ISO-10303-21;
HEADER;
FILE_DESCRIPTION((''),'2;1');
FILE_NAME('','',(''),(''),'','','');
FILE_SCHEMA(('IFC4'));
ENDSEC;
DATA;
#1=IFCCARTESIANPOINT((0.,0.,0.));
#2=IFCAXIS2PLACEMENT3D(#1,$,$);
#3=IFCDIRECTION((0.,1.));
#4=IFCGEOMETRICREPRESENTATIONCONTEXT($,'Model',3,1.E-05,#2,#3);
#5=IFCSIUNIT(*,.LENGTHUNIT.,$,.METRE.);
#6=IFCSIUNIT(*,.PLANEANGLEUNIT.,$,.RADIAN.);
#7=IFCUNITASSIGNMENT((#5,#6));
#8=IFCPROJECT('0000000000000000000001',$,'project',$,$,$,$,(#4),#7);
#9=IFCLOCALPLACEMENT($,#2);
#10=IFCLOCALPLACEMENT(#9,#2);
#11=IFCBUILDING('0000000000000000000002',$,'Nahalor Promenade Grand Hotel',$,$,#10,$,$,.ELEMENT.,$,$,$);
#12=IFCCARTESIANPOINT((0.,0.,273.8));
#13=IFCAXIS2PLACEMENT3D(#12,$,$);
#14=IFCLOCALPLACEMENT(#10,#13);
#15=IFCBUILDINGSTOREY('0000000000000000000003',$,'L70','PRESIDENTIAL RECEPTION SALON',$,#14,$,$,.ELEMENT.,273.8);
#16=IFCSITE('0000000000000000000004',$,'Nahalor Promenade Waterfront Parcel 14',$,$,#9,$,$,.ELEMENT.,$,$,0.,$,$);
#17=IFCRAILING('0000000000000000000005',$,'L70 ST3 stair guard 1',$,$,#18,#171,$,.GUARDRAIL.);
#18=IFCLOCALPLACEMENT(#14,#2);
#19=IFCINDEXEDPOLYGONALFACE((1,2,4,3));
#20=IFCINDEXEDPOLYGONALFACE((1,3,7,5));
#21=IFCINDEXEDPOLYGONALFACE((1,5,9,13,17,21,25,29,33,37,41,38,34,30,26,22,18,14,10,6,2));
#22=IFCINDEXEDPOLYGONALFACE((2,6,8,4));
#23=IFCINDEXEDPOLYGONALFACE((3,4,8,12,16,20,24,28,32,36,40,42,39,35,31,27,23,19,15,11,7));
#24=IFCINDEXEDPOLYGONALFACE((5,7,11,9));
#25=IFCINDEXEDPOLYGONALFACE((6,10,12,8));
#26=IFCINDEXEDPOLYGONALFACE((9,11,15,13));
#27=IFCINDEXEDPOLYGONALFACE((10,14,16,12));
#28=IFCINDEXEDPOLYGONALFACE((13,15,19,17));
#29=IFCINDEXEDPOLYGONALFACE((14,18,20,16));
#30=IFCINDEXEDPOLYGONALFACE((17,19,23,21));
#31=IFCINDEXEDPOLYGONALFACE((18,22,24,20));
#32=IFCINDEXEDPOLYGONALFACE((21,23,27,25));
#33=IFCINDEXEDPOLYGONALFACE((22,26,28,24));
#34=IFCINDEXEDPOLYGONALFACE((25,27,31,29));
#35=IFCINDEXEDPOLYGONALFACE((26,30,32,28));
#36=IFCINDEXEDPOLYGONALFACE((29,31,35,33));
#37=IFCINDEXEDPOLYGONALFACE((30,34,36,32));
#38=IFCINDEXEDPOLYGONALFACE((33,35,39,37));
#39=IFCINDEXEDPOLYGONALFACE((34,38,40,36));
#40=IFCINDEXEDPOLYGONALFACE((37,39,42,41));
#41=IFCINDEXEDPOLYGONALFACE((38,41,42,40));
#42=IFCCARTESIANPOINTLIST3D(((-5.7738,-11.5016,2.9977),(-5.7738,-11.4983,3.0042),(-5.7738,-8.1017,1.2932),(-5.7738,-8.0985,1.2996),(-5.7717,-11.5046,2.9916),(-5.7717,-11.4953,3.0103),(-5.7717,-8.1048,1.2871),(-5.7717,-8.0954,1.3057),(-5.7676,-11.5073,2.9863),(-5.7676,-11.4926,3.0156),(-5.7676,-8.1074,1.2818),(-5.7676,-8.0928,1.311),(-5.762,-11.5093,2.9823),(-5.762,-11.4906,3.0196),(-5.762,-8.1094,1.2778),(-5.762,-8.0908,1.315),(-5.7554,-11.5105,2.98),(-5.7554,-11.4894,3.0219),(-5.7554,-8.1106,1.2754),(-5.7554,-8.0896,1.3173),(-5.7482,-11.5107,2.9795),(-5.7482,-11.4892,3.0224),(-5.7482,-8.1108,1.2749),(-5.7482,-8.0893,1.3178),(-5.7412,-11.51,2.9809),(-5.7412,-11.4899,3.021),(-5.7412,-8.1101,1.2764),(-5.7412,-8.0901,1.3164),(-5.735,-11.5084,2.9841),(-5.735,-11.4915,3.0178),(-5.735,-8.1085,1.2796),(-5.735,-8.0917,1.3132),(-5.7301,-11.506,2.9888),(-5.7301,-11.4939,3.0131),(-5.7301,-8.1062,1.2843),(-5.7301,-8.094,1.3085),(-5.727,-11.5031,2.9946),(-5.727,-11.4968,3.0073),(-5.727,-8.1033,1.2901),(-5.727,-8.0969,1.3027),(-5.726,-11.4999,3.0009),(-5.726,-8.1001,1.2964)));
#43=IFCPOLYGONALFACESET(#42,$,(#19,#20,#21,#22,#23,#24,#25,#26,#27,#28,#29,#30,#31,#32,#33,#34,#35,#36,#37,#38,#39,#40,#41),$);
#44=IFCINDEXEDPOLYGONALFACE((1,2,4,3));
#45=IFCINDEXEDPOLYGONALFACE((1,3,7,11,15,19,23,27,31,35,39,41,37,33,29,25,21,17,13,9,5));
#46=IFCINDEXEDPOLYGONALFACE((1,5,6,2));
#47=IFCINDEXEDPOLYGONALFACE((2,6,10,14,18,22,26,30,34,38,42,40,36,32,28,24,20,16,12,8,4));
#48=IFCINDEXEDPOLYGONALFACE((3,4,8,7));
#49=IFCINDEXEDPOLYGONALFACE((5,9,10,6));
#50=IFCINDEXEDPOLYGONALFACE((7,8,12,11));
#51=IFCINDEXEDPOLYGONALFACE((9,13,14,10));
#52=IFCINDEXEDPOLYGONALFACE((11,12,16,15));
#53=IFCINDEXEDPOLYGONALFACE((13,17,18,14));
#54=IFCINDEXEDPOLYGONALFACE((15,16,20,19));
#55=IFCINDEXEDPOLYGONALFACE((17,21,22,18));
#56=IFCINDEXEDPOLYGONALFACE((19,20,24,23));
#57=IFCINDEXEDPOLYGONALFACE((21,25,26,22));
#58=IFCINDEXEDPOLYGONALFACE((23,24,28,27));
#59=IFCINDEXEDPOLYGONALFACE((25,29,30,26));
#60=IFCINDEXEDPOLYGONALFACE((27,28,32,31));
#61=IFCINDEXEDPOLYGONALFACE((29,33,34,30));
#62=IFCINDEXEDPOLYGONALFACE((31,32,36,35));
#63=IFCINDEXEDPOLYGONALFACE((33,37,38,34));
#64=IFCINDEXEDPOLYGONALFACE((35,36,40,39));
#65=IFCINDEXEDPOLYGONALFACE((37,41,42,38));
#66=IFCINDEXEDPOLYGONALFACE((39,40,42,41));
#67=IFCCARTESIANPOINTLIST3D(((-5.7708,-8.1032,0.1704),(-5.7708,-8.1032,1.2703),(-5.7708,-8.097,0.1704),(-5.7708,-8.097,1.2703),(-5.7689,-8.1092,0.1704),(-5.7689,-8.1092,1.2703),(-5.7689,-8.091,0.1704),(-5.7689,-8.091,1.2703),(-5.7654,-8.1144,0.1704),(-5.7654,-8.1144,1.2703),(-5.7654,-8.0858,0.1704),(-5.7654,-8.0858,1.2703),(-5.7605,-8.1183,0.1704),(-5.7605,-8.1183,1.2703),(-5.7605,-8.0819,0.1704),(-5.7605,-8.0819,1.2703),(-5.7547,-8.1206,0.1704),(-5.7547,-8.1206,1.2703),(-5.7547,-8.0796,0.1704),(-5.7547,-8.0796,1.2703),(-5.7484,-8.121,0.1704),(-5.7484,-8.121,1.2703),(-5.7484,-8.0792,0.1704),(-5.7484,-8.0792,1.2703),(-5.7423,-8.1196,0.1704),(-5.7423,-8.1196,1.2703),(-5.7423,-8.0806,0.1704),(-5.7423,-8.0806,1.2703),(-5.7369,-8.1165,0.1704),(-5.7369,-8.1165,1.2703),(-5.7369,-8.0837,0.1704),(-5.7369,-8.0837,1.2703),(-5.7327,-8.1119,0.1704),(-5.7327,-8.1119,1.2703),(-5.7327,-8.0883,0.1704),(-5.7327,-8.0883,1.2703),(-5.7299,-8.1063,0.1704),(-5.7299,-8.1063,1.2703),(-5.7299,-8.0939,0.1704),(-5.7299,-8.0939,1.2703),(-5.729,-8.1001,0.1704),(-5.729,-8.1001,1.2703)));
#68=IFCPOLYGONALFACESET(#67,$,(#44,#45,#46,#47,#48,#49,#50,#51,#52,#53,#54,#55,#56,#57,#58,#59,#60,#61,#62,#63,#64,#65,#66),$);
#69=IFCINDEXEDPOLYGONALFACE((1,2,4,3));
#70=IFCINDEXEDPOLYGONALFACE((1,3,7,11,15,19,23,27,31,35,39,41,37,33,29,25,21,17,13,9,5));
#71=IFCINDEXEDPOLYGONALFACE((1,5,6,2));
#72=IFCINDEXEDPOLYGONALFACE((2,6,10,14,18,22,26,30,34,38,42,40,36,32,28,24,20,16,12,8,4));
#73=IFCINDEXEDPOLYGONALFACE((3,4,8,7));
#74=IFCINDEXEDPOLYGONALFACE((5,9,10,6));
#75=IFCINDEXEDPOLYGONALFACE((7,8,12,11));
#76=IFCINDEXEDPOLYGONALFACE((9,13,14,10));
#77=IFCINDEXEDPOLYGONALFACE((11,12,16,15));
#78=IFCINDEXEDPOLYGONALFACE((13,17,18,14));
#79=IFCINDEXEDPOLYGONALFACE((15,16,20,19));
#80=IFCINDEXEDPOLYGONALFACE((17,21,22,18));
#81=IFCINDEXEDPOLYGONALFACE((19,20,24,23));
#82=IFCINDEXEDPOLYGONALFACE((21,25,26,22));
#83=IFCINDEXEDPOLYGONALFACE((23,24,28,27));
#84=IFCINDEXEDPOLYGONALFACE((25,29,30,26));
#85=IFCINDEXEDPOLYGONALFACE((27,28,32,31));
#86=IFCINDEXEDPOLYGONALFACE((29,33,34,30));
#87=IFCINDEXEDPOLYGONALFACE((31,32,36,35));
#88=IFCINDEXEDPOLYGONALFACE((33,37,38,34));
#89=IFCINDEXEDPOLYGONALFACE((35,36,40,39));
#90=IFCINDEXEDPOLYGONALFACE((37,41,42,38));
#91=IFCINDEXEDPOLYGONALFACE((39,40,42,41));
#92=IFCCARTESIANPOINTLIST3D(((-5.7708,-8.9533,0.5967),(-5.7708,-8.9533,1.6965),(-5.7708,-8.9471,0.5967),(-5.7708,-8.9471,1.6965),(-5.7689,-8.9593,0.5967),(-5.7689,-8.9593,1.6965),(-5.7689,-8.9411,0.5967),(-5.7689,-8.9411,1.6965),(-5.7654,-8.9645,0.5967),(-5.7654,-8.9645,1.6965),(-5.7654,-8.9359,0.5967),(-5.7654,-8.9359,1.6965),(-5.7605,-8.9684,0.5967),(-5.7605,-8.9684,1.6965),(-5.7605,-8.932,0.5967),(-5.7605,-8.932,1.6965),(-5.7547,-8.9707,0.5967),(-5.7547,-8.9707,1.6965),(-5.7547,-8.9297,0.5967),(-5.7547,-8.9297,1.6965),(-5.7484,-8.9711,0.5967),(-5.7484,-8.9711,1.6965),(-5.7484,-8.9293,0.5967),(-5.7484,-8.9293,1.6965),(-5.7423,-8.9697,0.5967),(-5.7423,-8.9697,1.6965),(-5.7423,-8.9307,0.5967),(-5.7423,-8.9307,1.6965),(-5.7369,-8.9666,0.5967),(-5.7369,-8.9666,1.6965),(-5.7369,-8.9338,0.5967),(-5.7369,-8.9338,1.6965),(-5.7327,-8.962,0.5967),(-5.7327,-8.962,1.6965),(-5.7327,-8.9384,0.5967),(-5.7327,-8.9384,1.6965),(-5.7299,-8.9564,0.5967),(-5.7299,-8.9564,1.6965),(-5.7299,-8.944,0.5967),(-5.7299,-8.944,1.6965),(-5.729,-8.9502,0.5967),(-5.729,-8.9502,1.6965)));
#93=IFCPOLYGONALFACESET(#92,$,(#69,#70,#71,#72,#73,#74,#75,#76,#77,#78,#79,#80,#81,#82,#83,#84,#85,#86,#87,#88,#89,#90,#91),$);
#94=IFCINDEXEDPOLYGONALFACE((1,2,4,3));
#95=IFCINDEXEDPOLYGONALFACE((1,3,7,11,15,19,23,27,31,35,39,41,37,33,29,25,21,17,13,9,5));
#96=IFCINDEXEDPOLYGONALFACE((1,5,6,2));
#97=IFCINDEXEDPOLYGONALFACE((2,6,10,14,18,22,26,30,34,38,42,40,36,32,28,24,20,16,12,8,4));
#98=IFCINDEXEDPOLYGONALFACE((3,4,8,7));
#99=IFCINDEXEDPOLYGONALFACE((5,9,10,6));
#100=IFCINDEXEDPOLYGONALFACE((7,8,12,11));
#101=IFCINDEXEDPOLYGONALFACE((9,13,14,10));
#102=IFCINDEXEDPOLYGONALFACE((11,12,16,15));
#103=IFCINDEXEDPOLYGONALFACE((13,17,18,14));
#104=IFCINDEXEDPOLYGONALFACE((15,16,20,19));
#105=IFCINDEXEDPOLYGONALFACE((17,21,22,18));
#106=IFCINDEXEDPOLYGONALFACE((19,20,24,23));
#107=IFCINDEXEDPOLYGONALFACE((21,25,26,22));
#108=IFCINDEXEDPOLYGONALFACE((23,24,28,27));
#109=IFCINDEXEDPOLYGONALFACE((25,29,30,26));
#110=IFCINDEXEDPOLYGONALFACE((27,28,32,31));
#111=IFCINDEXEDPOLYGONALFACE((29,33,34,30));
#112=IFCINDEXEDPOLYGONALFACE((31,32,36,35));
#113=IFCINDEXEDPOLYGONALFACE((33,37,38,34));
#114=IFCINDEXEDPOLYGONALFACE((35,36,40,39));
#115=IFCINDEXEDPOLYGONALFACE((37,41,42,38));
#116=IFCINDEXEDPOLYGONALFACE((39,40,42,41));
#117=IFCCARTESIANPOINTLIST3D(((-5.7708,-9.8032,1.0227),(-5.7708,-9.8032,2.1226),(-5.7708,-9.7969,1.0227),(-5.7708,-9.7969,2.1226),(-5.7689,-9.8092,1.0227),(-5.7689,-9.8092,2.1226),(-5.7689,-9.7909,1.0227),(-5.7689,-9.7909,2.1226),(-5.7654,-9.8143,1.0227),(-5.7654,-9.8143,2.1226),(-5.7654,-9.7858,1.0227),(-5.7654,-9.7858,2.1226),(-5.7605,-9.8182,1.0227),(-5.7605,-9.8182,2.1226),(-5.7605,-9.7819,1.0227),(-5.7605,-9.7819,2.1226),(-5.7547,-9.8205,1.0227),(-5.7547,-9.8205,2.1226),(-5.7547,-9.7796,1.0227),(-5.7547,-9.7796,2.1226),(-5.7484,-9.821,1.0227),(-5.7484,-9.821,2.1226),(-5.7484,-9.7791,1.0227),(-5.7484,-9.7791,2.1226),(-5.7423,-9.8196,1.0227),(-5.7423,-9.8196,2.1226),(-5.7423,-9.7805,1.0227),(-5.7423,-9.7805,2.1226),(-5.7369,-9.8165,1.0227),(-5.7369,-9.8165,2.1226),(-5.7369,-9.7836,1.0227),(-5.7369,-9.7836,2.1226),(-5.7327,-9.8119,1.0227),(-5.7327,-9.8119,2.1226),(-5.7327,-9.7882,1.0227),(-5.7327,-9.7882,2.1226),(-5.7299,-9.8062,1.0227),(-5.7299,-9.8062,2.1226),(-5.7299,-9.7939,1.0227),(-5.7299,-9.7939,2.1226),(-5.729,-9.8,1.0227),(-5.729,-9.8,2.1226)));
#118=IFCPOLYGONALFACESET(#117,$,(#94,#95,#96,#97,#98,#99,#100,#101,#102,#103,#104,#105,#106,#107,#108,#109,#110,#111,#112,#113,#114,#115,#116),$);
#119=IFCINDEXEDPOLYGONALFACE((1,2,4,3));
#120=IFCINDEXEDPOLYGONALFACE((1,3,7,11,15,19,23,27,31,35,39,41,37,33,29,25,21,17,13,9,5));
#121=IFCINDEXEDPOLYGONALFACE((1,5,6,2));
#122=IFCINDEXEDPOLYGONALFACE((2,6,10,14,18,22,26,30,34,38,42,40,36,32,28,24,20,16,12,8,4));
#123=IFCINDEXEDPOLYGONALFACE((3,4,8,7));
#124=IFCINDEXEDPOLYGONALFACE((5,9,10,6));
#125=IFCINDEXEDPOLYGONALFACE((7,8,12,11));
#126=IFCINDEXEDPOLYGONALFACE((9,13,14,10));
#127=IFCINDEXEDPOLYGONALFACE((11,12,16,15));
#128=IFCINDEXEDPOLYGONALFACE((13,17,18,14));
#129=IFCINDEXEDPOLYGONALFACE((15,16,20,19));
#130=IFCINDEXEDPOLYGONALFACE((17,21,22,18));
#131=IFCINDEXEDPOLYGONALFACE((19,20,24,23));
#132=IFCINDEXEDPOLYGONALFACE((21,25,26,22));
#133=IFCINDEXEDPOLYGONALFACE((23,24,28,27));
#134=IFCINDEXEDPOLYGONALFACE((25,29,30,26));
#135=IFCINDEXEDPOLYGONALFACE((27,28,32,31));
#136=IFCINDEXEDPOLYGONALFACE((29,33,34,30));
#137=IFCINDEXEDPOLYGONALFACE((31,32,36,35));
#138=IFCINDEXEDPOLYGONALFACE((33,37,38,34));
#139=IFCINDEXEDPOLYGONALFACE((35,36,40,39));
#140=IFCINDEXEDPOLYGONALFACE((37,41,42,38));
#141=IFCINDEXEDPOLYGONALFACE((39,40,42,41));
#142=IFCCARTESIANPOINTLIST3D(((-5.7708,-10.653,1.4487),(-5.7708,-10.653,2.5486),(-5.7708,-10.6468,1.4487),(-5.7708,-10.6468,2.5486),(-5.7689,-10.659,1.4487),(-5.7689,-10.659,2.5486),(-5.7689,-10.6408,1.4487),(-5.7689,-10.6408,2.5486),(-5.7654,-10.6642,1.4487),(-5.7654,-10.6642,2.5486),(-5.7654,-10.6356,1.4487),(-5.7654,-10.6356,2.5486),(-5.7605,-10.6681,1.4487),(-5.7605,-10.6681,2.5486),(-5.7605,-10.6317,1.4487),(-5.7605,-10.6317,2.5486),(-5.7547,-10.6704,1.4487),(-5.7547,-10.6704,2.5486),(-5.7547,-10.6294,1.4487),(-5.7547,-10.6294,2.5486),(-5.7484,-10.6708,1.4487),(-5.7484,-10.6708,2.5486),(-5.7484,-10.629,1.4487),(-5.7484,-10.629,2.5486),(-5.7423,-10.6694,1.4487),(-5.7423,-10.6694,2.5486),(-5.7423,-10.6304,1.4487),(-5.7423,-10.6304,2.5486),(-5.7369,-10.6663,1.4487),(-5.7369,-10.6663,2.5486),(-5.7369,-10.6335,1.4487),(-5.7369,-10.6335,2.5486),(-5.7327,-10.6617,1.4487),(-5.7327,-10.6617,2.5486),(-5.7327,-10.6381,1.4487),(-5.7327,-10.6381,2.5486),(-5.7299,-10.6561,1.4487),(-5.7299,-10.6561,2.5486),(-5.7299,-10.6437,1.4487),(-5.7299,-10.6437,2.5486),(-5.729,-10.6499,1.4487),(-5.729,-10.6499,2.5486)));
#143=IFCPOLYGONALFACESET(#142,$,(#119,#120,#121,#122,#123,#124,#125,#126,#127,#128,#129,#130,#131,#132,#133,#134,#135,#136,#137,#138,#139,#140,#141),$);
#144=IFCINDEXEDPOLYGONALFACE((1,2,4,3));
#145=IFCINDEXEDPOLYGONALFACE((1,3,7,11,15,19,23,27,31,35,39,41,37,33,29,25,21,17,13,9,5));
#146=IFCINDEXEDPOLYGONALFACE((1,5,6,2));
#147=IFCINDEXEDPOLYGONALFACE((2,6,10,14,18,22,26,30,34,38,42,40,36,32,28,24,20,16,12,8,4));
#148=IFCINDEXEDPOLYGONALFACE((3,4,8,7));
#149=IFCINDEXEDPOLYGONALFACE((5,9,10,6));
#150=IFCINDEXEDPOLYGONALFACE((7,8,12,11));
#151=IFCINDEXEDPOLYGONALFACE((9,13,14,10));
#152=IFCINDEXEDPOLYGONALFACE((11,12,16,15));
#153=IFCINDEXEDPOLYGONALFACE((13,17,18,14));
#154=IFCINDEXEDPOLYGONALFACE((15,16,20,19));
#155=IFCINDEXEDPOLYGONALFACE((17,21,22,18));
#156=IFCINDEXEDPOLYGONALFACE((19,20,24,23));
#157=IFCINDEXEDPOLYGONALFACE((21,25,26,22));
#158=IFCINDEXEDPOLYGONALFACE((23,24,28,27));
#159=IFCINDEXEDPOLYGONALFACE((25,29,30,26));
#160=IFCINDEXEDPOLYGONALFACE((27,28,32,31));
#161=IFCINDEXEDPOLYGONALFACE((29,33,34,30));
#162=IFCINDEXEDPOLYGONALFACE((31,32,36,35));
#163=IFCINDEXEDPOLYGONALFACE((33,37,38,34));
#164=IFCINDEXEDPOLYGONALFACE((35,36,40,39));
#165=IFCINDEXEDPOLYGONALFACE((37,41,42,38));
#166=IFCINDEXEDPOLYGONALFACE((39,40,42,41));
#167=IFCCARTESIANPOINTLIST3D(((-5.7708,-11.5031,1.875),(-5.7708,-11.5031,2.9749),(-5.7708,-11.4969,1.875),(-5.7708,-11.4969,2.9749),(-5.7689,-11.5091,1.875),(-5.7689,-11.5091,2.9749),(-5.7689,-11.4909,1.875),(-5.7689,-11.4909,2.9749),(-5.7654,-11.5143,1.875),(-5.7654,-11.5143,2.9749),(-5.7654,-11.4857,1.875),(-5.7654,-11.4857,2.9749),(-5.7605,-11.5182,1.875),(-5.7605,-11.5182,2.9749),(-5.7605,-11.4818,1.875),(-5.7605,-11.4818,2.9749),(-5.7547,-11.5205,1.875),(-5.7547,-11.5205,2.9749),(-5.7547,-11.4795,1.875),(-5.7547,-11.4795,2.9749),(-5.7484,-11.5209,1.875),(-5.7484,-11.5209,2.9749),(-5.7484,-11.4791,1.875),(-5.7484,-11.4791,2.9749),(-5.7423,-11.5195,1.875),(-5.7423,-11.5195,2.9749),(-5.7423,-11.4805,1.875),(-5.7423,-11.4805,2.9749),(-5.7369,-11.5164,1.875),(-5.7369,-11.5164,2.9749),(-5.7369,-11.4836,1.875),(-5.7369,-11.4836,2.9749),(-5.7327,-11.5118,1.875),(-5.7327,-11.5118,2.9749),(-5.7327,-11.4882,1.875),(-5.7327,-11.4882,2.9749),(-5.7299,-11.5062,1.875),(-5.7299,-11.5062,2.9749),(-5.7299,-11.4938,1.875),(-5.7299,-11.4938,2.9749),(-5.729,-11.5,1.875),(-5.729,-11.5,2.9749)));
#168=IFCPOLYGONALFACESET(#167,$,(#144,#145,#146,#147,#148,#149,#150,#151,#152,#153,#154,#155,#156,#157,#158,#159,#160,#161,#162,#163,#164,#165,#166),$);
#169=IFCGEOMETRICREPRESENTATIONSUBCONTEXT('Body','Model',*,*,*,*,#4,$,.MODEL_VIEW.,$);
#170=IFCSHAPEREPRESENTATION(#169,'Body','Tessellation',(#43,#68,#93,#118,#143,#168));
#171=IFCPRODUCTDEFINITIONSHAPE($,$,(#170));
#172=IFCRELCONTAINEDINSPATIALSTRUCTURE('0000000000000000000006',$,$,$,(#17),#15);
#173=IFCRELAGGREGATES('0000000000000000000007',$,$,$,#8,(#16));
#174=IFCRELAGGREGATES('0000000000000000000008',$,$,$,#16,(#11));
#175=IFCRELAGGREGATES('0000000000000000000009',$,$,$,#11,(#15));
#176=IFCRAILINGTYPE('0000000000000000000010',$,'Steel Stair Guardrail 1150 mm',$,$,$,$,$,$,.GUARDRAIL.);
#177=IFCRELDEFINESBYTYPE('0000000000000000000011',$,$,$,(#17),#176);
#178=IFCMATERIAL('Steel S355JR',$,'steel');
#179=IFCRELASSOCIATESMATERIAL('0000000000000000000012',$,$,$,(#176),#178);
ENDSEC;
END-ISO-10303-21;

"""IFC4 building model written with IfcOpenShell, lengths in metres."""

from ifc_helpers import new_model, si_unit, direction, frame, origin, origin_2d, place, context, subcontext, project, spatial, circle, extrude, material, type_object, element, save


model = new_model("IFC4")

# Units and contexts
model_context = context("Model", 3, precision=1e-05, world=origin(), true_north=direction((0.0, 1.0)))
body_context = subcontext(model_context, "Body", "Model", "MODEL_VIEW")
ifc_project = project(units=[si_unit("LENGTHUNIT", "METRE"), si_unit("PLANEANGLEUNIT", "RADIAN")], contexts=[model_context])

# Site, building, storey
site_placement = place(None, origin())
site = spatial("IfcSite", under=ifc_project, at=site_placement, Name="Nahalor Promenade Waterfront Parcel 14", CompositionType="ELEMENT", RefElevation=0.0)
building_placement = place(site_placement, origin())
building = spatial("IfcBuilding", under=site, at=building_placement, Name="Nahalor Promenade Grand Hotel", CompositionType="ELEMENT")
storey_placement = place(building_placement, frame((0.0, 0.0, 273.8)))
storey = spatial("IfcBuildingStorey", under=building, at=storey_placement, Name="L70", Description="PRESIDENTIAL RECEPTION SALON", CompositionType="ELEMENT", Elevation=273.8)

# Shared definitions
ifc_material_1 = material(Name="Steel S355JR", Category="steel")

# Railing
railing_type_1 = type_object("IfcRailingType", Name="Steel Stair Guardrail 1150 mm", PredefinedType="GUARDRAIL", material=ifc_material_1)
railing_1_placement = place(storey_placement, frame((-5.75, -8.1001, 0.1704)))
element("IfcRailing", 1, at=railing_1_placement, inside=storey, type_object=railing_type_1, Name="L70 ST3 stair guard 1", PredefinedType="GUARDRAIL", context=body_context, shape_type="SweptSolid", body=[
    extrude(circle(Radius=0.024, at=origin_2d()), frame((0.0, 0.0, 1.126), z_axis=(0.0, -0.893939, 0.448189), x_axis=(1.0, 0.0, 0.0)), (0.0, 0.0, 1.0), 3.8032),
    extrude(circle(Radius=0.021, at=origin_2d()), origin(), (0.0, 0.0, 1.0), 1.0999),
    extrude(circle(Radius=0.021, at=origin_2d()), frame((0.0, -0.8501, 0.4263)), (0.0, 0.0, 1.0), 1.0999),
    extrude(circle(Radius=0.021, at=origin_2d()), frame((0.0, -1.7, 0.8523)), (0.0, 0.0, 1.0), 1.0999),
    extrude(circle(Radius=0.021, at=origin_2d()), frame((0.0, -2.5498, 1.2783)), (0.0, 0.0, 1.0), 1.0999),
    extrude(circle(Radius=0.021, at=origin_2d()), frame((0.0, -3.3999, 1.7046)), (0.0, 0.0, 1.0), 1.0999),
])

save(model, "model.ifc")
